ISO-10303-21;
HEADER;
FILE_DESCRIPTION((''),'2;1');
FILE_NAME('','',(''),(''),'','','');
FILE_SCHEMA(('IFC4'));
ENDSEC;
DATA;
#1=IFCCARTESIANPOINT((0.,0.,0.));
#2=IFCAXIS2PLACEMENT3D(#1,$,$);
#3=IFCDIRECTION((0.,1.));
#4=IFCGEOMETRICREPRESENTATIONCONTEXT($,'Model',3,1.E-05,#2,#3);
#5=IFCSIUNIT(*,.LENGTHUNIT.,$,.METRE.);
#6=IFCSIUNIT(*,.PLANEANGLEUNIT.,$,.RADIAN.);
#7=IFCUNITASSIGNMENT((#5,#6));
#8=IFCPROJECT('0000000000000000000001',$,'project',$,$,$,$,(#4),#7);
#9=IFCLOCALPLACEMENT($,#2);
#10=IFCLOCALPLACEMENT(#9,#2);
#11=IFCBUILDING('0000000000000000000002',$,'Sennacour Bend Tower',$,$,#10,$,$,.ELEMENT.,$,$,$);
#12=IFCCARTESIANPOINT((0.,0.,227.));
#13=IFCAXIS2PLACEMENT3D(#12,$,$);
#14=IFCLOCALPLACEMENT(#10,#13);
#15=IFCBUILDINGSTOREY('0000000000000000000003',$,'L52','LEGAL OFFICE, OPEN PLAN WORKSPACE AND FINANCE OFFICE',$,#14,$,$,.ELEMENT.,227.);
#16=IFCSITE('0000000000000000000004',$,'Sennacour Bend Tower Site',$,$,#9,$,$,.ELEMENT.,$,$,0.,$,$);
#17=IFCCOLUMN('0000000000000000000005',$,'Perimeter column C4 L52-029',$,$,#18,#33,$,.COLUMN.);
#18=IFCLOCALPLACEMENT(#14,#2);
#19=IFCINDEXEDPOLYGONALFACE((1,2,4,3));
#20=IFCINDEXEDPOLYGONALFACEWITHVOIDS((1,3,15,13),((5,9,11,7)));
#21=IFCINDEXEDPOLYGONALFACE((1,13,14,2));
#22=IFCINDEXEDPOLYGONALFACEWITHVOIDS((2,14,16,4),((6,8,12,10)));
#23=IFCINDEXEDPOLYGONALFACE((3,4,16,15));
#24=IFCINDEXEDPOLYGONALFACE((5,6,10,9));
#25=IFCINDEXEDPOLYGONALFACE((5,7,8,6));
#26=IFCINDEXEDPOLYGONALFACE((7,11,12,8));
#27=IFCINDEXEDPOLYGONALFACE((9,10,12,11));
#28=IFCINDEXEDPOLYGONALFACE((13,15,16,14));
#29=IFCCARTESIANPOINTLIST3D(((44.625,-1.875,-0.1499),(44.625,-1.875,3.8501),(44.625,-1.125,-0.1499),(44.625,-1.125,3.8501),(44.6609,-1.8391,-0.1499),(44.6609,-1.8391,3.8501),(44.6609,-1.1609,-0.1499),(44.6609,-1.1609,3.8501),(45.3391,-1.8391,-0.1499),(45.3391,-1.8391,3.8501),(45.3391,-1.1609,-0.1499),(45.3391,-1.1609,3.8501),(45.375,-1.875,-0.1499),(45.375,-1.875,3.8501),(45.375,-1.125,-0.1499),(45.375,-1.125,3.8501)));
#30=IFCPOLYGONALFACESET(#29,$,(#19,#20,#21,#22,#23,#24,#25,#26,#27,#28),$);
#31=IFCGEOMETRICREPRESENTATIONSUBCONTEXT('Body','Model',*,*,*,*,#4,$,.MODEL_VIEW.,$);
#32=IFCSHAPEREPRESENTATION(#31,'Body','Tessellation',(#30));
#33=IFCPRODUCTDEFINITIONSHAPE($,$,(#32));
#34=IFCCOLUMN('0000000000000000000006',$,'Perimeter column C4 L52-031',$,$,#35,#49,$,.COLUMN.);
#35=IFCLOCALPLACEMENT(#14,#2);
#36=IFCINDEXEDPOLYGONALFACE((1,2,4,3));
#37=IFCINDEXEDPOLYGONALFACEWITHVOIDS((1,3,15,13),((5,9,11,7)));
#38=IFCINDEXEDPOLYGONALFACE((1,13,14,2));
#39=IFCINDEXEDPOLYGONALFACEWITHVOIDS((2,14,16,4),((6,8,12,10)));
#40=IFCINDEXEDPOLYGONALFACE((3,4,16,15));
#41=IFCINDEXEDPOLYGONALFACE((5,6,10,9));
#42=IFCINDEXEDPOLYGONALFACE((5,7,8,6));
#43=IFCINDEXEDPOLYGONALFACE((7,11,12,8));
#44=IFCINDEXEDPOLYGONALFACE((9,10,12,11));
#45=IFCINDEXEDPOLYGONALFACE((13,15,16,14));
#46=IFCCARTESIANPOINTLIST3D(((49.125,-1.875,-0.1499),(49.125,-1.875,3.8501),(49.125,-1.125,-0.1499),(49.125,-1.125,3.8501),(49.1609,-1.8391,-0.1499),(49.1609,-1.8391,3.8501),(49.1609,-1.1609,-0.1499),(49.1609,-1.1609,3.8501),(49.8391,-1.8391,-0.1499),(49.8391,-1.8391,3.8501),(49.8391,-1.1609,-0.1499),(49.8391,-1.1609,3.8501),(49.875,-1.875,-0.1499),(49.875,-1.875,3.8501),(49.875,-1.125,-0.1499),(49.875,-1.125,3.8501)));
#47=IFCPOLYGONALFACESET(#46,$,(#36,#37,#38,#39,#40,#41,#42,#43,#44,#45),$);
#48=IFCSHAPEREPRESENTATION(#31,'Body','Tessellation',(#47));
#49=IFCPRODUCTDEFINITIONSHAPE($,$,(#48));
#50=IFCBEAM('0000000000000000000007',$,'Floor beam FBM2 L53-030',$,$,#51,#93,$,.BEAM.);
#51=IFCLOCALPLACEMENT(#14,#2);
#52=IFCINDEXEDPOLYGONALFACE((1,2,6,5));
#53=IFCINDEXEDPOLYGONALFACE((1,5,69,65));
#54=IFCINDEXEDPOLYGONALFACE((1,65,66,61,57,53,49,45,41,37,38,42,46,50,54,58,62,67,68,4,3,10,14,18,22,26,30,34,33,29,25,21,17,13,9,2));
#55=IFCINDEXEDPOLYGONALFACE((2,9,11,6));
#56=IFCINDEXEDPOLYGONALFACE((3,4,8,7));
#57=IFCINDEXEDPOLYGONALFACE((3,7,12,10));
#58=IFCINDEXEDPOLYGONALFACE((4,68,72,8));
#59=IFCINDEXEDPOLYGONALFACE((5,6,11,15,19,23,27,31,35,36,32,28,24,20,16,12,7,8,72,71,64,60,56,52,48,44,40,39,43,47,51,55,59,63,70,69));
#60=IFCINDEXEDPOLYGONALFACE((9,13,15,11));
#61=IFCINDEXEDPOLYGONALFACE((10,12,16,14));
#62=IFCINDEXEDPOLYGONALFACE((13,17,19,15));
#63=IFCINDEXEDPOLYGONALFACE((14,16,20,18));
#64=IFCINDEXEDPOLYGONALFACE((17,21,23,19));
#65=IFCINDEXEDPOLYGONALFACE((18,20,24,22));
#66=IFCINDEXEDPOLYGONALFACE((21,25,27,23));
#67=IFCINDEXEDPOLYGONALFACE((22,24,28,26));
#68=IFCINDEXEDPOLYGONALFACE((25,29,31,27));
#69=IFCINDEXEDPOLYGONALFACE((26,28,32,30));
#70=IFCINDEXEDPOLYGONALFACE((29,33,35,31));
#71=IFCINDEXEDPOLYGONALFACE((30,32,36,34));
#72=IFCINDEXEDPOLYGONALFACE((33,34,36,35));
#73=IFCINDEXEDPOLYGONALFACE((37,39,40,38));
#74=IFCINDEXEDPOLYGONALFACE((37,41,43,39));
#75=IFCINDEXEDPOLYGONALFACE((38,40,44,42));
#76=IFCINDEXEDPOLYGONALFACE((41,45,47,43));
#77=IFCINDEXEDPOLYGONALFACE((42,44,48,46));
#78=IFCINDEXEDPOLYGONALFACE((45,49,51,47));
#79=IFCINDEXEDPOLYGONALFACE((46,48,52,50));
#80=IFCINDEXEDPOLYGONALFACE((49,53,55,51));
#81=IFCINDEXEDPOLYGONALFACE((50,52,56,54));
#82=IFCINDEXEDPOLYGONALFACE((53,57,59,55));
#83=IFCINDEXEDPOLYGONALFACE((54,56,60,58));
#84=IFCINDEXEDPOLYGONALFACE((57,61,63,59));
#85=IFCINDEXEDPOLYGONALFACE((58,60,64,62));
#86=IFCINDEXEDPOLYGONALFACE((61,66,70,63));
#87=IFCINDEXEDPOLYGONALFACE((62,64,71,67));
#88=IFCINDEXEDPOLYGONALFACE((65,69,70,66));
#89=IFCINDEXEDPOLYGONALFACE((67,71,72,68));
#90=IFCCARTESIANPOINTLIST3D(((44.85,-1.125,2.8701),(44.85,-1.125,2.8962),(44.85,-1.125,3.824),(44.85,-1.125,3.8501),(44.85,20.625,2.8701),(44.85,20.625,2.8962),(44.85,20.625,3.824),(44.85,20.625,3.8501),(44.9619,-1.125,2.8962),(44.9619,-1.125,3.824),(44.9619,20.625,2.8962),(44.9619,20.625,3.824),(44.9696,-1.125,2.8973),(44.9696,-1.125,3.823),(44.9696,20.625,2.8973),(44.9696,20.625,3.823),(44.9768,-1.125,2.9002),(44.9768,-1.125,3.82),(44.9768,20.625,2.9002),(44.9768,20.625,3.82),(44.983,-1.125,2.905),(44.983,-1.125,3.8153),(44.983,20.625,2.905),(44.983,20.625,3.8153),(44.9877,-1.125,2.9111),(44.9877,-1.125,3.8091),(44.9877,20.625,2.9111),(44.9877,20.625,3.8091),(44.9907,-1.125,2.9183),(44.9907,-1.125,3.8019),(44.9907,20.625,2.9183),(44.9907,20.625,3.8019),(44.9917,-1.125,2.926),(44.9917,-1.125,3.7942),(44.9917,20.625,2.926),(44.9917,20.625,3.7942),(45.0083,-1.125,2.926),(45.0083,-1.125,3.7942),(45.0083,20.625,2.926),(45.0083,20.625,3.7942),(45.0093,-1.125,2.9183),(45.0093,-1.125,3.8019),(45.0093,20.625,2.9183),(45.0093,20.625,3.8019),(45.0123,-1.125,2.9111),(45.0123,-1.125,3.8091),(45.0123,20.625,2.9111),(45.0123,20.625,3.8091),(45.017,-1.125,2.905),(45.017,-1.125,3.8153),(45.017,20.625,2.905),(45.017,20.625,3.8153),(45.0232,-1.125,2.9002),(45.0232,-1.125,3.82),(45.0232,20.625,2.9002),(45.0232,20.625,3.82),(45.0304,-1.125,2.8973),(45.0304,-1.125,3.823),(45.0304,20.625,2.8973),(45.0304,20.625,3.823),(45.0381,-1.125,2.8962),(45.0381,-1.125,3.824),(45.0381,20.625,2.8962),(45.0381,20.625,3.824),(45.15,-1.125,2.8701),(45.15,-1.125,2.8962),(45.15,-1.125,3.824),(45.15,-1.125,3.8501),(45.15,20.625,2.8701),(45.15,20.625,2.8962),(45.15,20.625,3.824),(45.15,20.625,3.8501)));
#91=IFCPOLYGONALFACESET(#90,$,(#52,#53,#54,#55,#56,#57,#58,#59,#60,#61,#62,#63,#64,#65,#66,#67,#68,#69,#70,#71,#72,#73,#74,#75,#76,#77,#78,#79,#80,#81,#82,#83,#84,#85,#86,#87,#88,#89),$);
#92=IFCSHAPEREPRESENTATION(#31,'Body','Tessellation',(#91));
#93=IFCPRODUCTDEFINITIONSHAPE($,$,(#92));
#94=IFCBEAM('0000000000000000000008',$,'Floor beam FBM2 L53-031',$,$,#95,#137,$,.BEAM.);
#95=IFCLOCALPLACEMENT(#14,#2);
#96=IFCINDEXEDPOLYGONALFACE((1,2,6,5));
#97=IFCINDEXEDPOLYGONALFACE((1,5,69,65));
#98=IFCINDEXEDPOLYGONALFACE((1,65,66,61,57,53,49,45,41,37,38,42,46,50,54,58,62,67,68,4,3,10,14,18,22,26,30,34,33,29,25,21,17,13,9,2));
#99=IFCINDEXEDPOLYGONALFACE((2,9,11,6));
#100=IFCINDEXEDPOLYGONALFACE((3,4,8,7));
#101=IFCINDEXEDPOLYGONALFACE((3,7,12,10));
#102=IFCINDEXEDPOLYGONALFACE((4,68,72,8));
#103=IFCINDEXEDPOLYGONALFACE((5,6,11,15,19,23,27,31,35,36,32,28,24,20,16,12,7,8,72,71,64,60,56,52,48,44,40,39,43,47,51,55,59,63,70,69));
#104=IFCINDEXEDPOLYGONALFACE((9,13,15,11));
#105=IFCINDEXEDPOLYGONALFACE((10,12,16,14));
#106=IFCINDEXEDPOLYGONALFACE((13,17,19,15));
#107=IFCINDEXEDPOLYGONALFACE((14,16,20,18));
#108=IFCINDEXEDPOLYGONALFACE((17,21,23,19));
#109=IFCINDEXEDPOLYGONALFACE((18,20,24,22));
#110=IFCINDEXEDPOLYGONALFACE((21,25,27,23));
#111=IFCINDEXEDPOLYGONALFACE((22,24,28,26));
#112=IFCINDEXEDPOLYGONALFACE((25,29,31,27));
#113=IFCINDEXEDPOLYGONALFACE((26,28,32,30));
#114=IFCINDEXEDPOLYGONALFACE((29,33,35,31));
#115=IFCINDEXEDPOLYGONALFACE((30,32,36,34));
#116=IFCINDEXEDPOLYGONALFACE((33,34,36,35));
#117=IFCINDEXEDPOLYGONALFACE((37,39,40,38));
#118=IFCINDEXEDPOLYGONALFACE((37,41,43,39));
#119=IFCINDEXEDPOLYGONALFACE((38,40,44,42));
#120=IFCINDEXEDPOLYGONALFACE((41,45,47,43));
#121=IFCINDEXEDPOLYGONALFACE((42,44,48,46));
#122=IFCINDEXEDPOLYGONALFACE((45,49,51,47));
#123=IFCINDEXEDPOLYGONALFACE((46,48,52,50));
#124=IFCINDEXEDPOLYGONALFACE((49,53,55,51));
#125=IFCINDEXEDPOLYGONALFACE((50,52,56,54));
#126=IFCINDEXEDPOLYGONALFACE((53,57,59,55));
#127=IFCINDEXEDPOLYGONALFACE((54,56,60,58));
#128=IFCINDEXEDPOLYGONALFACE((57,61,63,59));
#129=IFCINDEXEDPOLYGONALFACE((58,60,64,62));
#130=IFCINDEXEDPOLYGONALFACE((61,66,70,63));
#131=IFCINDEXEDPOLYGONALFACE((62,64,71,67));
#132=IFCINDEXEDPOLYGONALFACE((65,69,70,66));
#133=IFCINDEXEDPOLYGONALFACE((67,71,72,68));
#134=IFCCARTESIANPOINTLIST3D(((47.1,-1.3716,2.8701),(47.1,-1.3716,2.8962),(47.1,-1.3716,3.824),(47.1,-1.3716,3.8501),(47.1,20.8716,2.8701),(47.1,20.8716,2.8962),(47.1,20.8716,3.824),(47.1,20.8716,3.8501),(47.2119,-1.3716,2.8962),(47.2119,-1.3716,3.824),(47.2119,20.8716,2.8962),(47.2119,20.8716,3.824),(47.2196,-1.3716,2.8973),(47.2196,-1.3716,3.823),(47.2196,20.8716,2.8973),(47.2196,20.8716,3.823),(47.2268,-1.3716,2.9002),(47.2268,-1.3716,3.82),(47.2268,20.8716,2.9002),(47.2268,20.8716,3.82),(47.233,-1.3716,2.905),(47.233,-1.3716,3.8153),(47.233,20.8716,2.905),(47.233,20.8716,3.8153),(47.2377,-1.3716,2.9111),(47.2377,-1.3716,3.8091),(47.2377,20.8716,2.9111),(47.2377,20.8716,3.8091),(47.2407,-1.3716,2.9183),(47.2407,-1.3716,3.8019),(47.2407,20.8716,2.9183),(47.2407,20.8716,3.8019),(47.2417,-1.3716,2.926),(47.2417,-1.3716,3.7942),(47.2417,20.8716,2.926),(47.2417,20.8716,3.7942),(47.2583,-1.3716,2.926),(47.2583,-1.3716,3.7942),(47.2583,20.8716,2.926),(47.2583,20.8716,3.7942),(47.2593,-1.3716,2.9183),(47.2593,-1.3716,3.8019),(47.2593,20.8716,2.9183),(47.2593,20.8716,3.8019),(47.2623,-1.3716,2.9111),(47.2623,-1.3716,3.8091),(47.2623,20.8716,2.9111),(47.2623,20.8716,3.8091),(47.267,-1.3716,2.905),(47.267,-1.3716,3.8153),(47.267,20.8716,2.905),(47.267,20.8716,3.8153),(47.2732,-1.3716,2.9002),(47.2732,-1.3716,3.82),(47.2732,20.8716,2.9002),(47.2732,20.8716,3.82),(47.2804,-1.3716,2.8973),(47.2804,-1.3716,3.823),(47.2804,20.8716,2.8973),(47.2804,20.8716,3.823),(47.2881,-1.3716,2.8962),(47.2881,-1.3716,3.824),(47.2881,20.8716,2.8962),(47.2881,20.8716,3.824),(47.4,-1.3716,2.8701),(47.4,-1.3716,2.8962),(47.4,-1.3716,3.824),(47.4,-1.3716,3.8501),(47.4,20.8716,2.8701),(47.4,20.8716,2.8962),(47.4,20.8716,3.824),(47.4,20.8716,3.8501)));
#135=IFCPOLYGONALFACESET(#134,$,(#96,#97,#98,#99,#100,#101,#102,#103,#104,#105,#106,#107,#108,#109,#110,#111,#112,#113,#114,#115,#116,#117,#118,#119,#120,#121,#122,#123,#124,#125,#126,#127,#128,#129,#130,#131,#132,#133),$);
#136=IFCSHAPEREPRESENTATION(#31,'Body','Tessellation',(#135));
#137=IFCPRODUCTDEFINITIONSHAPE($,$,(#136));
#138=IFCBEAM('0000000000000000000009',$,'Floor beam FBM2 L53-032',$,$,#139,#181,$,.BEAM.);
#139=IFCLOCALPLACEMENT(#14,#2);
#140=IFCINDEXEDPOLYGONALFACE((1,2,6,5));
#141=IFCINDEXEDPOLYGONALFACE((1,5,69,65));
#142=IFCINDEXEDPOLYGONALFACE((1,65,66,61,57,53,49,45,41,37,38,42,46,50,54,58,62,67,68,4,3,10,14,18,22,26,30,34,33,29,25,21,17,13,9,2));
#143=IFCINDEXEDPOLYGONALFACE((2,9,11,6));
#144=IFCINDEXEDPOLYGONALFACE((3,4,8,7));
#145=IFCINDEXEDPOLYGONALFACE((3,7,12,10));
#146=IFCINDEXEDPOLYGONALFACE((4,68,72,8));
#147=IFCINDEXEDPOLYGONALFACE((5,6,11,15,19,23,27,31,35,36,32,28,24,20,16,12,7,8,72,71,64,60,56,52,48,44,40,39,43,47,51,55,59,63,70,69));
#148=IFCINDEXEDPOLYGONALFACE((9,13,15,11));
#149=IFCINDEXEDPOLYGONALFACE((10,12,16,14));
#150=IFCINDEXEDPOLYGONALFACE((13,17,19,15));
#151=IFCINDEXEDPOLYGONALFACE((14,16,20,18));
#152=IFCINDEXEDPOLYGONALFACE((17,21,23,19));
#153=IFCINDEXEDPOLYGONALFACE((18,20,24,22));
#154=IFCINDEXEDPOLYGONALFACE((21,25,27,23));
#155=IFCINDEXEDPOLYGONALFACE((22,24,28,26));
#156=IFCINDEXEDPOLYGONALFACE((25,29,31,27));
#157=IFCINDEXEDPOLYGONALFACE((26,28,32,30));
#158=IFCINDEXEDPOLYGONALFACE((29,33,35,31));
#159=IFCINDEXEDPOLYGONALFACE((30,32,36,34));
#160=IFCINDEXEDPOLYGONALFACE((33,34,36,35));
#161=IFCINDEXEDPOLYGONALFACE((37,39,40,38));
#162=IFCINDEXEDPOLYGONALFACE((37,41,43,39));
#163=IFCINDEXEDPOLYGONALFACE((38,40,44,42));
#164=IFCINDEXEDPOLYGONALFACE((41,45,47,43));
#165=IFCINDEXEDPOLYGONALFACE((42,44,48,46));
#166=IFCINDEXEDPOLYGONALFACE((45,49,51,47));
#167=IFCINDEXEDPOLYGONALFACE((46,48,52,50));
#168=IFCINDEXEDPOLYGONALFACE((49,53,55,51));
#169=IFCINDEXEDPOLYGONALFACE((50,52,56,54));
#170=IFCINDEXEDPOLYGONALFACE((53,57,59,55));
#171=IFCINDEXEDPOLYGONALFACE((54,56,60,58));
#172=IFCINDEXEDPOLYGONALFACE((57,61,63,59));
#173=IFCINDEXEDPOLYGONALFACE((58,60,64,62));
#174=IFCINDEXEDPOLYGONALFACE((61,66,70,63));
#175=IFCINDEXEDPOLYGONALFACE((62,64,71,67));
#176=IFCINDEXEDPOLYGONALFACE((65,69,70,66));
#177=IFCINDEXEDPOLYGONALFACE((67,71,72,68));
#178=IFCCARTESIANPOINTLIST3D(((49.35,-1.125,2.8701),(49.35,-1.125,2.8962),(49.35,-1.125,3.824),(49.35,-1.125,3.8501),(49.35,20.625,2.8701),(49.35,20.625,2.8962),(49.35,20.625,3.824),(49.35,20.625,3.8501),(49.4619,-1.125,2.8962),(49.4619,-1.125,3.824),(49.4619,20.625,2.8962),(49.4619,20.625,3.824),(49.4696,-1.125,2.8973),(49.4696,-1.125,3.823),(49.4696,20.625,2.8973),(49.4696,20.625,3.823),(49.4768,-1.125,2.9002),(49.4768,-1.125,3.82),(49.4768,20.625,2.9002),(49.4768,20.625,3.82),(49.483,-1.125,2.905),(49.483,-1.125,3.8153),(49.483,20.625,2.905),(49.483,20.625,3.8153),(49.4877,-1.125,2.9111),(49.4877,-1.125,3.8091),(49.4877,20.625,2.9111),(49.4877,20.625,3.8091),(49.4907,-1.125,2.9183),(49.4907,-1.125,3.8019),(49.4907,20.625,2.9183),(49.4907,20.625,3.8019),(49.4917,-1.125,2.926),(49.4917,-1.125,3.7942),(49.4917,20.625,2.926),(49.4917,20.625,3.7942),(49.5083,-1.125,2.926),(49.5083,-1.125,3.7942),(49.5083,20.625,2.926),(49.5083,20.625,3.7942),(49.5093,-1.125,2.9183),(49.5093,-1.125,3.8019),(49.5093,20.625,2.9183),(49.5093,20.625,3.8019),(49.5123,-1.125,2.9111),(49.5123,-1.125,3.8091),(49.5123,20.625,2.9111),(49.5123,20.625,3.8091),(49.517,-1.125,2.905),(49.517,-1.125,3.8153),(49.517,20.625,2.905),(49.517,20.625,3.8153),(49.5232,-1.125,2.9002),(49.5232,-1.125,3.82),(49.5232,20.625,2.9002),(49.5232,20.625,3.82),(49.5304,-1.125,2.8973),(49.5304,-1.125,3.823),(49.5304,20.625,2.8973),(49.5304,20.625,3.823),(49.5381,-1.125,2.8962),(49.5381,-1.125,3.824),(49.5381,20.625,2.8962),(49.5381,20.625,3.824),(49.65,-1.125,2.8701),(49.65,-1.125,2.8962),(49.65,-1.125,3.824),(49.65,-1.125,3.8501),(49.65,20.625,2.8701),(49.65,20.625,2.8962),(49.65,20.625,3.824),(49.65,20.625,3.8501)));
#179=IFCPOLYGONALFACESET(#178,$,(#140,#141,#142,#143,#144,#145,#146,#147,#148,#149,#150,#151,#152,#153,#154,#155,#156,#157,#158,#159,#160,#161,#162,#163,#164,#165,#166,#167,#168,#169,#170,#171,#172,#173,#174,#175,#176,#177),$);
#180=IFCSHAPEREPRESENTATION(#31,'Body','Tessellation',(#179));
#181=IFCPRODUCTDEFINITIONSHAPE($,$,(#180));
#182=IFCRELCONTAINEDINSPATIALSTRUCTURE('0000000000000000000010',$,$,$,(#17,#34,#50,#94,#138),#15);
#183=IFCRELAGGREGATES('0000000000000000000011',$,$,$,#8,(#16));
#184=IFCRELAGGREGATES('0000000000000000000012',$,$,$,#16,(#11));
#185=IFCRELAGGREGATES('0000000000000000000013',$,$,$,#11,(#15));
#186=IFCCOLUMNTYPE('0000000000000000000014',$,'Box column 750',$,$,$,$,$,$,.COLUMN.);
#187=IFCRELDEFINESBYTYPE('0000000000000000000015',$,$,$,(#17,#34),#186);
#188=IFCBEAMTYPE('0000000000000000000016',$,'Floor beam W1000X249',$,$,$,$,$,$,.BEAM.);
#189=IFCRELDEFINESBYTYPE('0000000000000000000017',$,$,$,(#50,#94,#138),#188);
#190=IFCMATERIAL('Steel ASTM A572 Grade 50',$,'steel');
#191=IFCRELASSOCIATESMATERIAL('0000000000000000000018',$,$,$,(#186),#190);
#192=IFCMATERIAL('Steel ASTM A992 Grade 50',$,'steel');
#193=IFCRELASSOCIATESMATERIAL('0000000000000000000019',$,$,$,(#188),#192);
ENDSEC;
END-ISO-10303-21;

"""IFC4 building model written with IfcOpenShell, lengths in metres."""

from ifc_helpers import new_model, si_unit, direction, frame, origin, origin_2d, place, context, subcontext, project, spatial, hollow_rectangle, i_section, extrude, material, material_profile, profile_set, type_object, element, save


model = new_model("IFC4")

# Units and contexts
model_context = context("Model", 3, precision=1e-05, world=origin(), true_north=direction((0.0, 1.0)))
body_context = subcontext(model_context, "Body", "Model", "MODEL_VIEW")
ifc_project = project(units=[si_unit("LENGTHUNIT", "METRE"), si_unit("PLANEANGLEUNIT", "RADIAN")], contexts=[model_context])

# Site, building, storey
site_placement = place(None, origin())
site = spatial("IfcSite", under=ifc_project, at=site_placement, Name="Sennacour Bend Tower Site", CompositionType="ELEMENT", RefElevation=0.0)
building_placement = place(site_placement, origin())
building = spatial("IfcBuilding", under=site, at=building_placement, Name="Sennacour Bend Tower", CompositionType="ELEMENT")
storey_placement = place(building_placement, frame((0.0, 0.0, 227.0)))
storey = spatial("IfcBuildingStorey", under=building, at=storey_placement, Name="L52", Description="LEGAL OFFICE, OPEN PLAN WORKSPACE AND FINANCE OFFICE", CompositionType="ELEMENT", Elevation=227.0)

# Columns
ifc_material_1 = material(Name="Steel ASTM A572 Grade 50", Category="steel")
ifc_material_profile_1 = material_profile(ifc_material_1, hollow_rectangle(XDim=0.75, YDim=0.75, WallThickness=0.0359, at=origin_2d()), Name="Steel ASTM A572 Grade 50", Category="steel")
ifc_profile_set_1 = profile_set([ifc_material_profile_1], Name="Steel ASTM A572 Grade 50")
column_type = type_object("IfcColumnType", Name="Box column 750", PredefinedType="COLUMN", material=ifc_profile_set_1)
for number, where, z_axis, x_axis, name in (
    (1, (45.0, -1.5, -0.1499), (0.0, 0.0, 1.0), (1.0, 0.0, 0.0), "Perimeter column C4 L52-029"),
    (2, (49.5, -1.5, -0.1499), (0.0, 0.0, 1.0), (1.0, 0.0, 0.0), "Perimeter column C4 L52-031"),
):
    element("IfcColumn", number, at=place(storey_placement, frame(where, z_axis=z_axis, x_axis=x_axis)), inside=storey, type_object=column_type, Name=name, PredefinedType="COLUMN", context=body_context, shape_type="SweptSolid", body=[
        extrude(hollow_rectangle(XDim=0.75, YDim=0.75, WallThickness=0.0359, at=origin_2d()), origin(), (0.0, 0.0, 1.0), 4.0),
    ])

# Beams
ifc_material_2 = material(Name="Steel ASTM A992 Grade 50", Category="steel")
ifc_material_profile_2 = material_profile(ifc_material_2, i_section(OverallWidth=0.3, OverallDepth=0.98, WebThickness=0.0166, FlangeThickness=0.0261, FilletRadius=0.0298, at=origin_2d()), Name="Steel ASTM A992 Grade 50", Category="steel")
ifc_profile_set_2 = profile_set([ifc_material_profile_2], Name="Steel ASTM A992 Grade 50")
beam_type_1 = type_object("IfcBeamType", Name="Floor beam W1000X249", PredefinedType="BEAM", material=ifc_profile_set_2)
beam_1_placement = place(storey_placement, frame((45.0, -1.125, 3.3601), z_axis=(0.0, 1.0, 0.0), x_axis=(-1.0, 0.0, 0.0)))
element("IfcBeam", 3, at=beam_1_placement, inside=storey, type_object=beam_type_1, Name="Floor beam FBM2 L53-030", PredefinedType="BEAM", context=body_context, shape_type="SweptSolid", body=[
    extrude(i_section(OverallWidth=0.3, OverallDepth=0.98, WebThickness=0.0166, FlangeThickness=0.0261, FilletRadius=0.0298, at=origin_2d()), origin(), (0.0, 0.0, 1.0), 21.75),
])
beam_2_placement = place(storey_placement, frame((47.25, -1.3716, 3.3601), z_axis=(0.0, 1.0, 0.0), x_axis=(-1.0, 0.0, 0.0)))
element("IfcBeam", 4, at=beam_2_placement, inside=storey, type_object=beam_type_1, Name="Floor beam FBM2 L53-031", PredefinedType="BEAM", context=body_context, shape_type="SweptSolid", body=[
    extrude(i_section(OverallWidth=0.3, OverallDepth=0.98, WebThickness=0.0166, FlangeThickness=0.0261, FilletRadius=0.0298, at=origin_2d()), origin(), (0.0, 0.0, 1.0), 22.2432),
])
beam_3_placement = place(storey_placement, frame((49.5, -1.125, 3.3601), z_axis=(0.0, 1.0, 0.0), x_axis=(-1.0, 0.0, 0.0)))
element("IfcBeam", 5, at=beam_3_placement, inside=storey, type_object=beam_type_1, Name="Floor beam FBM2 L53-032", PredefinedType="BEAM", context=body_context, shape_type="SweptSolid", body=[
    extrude(i_section(OverallWidth=0.3, OverallDepth=0.98, WebThickness=0.0166, FlangeThickness=0.0261, FilletRadius=0.0298, at=origin_2d()), origin(), (0.0, 0.0, 1.0), 21.75),
])

save(model, "model.ifc")
